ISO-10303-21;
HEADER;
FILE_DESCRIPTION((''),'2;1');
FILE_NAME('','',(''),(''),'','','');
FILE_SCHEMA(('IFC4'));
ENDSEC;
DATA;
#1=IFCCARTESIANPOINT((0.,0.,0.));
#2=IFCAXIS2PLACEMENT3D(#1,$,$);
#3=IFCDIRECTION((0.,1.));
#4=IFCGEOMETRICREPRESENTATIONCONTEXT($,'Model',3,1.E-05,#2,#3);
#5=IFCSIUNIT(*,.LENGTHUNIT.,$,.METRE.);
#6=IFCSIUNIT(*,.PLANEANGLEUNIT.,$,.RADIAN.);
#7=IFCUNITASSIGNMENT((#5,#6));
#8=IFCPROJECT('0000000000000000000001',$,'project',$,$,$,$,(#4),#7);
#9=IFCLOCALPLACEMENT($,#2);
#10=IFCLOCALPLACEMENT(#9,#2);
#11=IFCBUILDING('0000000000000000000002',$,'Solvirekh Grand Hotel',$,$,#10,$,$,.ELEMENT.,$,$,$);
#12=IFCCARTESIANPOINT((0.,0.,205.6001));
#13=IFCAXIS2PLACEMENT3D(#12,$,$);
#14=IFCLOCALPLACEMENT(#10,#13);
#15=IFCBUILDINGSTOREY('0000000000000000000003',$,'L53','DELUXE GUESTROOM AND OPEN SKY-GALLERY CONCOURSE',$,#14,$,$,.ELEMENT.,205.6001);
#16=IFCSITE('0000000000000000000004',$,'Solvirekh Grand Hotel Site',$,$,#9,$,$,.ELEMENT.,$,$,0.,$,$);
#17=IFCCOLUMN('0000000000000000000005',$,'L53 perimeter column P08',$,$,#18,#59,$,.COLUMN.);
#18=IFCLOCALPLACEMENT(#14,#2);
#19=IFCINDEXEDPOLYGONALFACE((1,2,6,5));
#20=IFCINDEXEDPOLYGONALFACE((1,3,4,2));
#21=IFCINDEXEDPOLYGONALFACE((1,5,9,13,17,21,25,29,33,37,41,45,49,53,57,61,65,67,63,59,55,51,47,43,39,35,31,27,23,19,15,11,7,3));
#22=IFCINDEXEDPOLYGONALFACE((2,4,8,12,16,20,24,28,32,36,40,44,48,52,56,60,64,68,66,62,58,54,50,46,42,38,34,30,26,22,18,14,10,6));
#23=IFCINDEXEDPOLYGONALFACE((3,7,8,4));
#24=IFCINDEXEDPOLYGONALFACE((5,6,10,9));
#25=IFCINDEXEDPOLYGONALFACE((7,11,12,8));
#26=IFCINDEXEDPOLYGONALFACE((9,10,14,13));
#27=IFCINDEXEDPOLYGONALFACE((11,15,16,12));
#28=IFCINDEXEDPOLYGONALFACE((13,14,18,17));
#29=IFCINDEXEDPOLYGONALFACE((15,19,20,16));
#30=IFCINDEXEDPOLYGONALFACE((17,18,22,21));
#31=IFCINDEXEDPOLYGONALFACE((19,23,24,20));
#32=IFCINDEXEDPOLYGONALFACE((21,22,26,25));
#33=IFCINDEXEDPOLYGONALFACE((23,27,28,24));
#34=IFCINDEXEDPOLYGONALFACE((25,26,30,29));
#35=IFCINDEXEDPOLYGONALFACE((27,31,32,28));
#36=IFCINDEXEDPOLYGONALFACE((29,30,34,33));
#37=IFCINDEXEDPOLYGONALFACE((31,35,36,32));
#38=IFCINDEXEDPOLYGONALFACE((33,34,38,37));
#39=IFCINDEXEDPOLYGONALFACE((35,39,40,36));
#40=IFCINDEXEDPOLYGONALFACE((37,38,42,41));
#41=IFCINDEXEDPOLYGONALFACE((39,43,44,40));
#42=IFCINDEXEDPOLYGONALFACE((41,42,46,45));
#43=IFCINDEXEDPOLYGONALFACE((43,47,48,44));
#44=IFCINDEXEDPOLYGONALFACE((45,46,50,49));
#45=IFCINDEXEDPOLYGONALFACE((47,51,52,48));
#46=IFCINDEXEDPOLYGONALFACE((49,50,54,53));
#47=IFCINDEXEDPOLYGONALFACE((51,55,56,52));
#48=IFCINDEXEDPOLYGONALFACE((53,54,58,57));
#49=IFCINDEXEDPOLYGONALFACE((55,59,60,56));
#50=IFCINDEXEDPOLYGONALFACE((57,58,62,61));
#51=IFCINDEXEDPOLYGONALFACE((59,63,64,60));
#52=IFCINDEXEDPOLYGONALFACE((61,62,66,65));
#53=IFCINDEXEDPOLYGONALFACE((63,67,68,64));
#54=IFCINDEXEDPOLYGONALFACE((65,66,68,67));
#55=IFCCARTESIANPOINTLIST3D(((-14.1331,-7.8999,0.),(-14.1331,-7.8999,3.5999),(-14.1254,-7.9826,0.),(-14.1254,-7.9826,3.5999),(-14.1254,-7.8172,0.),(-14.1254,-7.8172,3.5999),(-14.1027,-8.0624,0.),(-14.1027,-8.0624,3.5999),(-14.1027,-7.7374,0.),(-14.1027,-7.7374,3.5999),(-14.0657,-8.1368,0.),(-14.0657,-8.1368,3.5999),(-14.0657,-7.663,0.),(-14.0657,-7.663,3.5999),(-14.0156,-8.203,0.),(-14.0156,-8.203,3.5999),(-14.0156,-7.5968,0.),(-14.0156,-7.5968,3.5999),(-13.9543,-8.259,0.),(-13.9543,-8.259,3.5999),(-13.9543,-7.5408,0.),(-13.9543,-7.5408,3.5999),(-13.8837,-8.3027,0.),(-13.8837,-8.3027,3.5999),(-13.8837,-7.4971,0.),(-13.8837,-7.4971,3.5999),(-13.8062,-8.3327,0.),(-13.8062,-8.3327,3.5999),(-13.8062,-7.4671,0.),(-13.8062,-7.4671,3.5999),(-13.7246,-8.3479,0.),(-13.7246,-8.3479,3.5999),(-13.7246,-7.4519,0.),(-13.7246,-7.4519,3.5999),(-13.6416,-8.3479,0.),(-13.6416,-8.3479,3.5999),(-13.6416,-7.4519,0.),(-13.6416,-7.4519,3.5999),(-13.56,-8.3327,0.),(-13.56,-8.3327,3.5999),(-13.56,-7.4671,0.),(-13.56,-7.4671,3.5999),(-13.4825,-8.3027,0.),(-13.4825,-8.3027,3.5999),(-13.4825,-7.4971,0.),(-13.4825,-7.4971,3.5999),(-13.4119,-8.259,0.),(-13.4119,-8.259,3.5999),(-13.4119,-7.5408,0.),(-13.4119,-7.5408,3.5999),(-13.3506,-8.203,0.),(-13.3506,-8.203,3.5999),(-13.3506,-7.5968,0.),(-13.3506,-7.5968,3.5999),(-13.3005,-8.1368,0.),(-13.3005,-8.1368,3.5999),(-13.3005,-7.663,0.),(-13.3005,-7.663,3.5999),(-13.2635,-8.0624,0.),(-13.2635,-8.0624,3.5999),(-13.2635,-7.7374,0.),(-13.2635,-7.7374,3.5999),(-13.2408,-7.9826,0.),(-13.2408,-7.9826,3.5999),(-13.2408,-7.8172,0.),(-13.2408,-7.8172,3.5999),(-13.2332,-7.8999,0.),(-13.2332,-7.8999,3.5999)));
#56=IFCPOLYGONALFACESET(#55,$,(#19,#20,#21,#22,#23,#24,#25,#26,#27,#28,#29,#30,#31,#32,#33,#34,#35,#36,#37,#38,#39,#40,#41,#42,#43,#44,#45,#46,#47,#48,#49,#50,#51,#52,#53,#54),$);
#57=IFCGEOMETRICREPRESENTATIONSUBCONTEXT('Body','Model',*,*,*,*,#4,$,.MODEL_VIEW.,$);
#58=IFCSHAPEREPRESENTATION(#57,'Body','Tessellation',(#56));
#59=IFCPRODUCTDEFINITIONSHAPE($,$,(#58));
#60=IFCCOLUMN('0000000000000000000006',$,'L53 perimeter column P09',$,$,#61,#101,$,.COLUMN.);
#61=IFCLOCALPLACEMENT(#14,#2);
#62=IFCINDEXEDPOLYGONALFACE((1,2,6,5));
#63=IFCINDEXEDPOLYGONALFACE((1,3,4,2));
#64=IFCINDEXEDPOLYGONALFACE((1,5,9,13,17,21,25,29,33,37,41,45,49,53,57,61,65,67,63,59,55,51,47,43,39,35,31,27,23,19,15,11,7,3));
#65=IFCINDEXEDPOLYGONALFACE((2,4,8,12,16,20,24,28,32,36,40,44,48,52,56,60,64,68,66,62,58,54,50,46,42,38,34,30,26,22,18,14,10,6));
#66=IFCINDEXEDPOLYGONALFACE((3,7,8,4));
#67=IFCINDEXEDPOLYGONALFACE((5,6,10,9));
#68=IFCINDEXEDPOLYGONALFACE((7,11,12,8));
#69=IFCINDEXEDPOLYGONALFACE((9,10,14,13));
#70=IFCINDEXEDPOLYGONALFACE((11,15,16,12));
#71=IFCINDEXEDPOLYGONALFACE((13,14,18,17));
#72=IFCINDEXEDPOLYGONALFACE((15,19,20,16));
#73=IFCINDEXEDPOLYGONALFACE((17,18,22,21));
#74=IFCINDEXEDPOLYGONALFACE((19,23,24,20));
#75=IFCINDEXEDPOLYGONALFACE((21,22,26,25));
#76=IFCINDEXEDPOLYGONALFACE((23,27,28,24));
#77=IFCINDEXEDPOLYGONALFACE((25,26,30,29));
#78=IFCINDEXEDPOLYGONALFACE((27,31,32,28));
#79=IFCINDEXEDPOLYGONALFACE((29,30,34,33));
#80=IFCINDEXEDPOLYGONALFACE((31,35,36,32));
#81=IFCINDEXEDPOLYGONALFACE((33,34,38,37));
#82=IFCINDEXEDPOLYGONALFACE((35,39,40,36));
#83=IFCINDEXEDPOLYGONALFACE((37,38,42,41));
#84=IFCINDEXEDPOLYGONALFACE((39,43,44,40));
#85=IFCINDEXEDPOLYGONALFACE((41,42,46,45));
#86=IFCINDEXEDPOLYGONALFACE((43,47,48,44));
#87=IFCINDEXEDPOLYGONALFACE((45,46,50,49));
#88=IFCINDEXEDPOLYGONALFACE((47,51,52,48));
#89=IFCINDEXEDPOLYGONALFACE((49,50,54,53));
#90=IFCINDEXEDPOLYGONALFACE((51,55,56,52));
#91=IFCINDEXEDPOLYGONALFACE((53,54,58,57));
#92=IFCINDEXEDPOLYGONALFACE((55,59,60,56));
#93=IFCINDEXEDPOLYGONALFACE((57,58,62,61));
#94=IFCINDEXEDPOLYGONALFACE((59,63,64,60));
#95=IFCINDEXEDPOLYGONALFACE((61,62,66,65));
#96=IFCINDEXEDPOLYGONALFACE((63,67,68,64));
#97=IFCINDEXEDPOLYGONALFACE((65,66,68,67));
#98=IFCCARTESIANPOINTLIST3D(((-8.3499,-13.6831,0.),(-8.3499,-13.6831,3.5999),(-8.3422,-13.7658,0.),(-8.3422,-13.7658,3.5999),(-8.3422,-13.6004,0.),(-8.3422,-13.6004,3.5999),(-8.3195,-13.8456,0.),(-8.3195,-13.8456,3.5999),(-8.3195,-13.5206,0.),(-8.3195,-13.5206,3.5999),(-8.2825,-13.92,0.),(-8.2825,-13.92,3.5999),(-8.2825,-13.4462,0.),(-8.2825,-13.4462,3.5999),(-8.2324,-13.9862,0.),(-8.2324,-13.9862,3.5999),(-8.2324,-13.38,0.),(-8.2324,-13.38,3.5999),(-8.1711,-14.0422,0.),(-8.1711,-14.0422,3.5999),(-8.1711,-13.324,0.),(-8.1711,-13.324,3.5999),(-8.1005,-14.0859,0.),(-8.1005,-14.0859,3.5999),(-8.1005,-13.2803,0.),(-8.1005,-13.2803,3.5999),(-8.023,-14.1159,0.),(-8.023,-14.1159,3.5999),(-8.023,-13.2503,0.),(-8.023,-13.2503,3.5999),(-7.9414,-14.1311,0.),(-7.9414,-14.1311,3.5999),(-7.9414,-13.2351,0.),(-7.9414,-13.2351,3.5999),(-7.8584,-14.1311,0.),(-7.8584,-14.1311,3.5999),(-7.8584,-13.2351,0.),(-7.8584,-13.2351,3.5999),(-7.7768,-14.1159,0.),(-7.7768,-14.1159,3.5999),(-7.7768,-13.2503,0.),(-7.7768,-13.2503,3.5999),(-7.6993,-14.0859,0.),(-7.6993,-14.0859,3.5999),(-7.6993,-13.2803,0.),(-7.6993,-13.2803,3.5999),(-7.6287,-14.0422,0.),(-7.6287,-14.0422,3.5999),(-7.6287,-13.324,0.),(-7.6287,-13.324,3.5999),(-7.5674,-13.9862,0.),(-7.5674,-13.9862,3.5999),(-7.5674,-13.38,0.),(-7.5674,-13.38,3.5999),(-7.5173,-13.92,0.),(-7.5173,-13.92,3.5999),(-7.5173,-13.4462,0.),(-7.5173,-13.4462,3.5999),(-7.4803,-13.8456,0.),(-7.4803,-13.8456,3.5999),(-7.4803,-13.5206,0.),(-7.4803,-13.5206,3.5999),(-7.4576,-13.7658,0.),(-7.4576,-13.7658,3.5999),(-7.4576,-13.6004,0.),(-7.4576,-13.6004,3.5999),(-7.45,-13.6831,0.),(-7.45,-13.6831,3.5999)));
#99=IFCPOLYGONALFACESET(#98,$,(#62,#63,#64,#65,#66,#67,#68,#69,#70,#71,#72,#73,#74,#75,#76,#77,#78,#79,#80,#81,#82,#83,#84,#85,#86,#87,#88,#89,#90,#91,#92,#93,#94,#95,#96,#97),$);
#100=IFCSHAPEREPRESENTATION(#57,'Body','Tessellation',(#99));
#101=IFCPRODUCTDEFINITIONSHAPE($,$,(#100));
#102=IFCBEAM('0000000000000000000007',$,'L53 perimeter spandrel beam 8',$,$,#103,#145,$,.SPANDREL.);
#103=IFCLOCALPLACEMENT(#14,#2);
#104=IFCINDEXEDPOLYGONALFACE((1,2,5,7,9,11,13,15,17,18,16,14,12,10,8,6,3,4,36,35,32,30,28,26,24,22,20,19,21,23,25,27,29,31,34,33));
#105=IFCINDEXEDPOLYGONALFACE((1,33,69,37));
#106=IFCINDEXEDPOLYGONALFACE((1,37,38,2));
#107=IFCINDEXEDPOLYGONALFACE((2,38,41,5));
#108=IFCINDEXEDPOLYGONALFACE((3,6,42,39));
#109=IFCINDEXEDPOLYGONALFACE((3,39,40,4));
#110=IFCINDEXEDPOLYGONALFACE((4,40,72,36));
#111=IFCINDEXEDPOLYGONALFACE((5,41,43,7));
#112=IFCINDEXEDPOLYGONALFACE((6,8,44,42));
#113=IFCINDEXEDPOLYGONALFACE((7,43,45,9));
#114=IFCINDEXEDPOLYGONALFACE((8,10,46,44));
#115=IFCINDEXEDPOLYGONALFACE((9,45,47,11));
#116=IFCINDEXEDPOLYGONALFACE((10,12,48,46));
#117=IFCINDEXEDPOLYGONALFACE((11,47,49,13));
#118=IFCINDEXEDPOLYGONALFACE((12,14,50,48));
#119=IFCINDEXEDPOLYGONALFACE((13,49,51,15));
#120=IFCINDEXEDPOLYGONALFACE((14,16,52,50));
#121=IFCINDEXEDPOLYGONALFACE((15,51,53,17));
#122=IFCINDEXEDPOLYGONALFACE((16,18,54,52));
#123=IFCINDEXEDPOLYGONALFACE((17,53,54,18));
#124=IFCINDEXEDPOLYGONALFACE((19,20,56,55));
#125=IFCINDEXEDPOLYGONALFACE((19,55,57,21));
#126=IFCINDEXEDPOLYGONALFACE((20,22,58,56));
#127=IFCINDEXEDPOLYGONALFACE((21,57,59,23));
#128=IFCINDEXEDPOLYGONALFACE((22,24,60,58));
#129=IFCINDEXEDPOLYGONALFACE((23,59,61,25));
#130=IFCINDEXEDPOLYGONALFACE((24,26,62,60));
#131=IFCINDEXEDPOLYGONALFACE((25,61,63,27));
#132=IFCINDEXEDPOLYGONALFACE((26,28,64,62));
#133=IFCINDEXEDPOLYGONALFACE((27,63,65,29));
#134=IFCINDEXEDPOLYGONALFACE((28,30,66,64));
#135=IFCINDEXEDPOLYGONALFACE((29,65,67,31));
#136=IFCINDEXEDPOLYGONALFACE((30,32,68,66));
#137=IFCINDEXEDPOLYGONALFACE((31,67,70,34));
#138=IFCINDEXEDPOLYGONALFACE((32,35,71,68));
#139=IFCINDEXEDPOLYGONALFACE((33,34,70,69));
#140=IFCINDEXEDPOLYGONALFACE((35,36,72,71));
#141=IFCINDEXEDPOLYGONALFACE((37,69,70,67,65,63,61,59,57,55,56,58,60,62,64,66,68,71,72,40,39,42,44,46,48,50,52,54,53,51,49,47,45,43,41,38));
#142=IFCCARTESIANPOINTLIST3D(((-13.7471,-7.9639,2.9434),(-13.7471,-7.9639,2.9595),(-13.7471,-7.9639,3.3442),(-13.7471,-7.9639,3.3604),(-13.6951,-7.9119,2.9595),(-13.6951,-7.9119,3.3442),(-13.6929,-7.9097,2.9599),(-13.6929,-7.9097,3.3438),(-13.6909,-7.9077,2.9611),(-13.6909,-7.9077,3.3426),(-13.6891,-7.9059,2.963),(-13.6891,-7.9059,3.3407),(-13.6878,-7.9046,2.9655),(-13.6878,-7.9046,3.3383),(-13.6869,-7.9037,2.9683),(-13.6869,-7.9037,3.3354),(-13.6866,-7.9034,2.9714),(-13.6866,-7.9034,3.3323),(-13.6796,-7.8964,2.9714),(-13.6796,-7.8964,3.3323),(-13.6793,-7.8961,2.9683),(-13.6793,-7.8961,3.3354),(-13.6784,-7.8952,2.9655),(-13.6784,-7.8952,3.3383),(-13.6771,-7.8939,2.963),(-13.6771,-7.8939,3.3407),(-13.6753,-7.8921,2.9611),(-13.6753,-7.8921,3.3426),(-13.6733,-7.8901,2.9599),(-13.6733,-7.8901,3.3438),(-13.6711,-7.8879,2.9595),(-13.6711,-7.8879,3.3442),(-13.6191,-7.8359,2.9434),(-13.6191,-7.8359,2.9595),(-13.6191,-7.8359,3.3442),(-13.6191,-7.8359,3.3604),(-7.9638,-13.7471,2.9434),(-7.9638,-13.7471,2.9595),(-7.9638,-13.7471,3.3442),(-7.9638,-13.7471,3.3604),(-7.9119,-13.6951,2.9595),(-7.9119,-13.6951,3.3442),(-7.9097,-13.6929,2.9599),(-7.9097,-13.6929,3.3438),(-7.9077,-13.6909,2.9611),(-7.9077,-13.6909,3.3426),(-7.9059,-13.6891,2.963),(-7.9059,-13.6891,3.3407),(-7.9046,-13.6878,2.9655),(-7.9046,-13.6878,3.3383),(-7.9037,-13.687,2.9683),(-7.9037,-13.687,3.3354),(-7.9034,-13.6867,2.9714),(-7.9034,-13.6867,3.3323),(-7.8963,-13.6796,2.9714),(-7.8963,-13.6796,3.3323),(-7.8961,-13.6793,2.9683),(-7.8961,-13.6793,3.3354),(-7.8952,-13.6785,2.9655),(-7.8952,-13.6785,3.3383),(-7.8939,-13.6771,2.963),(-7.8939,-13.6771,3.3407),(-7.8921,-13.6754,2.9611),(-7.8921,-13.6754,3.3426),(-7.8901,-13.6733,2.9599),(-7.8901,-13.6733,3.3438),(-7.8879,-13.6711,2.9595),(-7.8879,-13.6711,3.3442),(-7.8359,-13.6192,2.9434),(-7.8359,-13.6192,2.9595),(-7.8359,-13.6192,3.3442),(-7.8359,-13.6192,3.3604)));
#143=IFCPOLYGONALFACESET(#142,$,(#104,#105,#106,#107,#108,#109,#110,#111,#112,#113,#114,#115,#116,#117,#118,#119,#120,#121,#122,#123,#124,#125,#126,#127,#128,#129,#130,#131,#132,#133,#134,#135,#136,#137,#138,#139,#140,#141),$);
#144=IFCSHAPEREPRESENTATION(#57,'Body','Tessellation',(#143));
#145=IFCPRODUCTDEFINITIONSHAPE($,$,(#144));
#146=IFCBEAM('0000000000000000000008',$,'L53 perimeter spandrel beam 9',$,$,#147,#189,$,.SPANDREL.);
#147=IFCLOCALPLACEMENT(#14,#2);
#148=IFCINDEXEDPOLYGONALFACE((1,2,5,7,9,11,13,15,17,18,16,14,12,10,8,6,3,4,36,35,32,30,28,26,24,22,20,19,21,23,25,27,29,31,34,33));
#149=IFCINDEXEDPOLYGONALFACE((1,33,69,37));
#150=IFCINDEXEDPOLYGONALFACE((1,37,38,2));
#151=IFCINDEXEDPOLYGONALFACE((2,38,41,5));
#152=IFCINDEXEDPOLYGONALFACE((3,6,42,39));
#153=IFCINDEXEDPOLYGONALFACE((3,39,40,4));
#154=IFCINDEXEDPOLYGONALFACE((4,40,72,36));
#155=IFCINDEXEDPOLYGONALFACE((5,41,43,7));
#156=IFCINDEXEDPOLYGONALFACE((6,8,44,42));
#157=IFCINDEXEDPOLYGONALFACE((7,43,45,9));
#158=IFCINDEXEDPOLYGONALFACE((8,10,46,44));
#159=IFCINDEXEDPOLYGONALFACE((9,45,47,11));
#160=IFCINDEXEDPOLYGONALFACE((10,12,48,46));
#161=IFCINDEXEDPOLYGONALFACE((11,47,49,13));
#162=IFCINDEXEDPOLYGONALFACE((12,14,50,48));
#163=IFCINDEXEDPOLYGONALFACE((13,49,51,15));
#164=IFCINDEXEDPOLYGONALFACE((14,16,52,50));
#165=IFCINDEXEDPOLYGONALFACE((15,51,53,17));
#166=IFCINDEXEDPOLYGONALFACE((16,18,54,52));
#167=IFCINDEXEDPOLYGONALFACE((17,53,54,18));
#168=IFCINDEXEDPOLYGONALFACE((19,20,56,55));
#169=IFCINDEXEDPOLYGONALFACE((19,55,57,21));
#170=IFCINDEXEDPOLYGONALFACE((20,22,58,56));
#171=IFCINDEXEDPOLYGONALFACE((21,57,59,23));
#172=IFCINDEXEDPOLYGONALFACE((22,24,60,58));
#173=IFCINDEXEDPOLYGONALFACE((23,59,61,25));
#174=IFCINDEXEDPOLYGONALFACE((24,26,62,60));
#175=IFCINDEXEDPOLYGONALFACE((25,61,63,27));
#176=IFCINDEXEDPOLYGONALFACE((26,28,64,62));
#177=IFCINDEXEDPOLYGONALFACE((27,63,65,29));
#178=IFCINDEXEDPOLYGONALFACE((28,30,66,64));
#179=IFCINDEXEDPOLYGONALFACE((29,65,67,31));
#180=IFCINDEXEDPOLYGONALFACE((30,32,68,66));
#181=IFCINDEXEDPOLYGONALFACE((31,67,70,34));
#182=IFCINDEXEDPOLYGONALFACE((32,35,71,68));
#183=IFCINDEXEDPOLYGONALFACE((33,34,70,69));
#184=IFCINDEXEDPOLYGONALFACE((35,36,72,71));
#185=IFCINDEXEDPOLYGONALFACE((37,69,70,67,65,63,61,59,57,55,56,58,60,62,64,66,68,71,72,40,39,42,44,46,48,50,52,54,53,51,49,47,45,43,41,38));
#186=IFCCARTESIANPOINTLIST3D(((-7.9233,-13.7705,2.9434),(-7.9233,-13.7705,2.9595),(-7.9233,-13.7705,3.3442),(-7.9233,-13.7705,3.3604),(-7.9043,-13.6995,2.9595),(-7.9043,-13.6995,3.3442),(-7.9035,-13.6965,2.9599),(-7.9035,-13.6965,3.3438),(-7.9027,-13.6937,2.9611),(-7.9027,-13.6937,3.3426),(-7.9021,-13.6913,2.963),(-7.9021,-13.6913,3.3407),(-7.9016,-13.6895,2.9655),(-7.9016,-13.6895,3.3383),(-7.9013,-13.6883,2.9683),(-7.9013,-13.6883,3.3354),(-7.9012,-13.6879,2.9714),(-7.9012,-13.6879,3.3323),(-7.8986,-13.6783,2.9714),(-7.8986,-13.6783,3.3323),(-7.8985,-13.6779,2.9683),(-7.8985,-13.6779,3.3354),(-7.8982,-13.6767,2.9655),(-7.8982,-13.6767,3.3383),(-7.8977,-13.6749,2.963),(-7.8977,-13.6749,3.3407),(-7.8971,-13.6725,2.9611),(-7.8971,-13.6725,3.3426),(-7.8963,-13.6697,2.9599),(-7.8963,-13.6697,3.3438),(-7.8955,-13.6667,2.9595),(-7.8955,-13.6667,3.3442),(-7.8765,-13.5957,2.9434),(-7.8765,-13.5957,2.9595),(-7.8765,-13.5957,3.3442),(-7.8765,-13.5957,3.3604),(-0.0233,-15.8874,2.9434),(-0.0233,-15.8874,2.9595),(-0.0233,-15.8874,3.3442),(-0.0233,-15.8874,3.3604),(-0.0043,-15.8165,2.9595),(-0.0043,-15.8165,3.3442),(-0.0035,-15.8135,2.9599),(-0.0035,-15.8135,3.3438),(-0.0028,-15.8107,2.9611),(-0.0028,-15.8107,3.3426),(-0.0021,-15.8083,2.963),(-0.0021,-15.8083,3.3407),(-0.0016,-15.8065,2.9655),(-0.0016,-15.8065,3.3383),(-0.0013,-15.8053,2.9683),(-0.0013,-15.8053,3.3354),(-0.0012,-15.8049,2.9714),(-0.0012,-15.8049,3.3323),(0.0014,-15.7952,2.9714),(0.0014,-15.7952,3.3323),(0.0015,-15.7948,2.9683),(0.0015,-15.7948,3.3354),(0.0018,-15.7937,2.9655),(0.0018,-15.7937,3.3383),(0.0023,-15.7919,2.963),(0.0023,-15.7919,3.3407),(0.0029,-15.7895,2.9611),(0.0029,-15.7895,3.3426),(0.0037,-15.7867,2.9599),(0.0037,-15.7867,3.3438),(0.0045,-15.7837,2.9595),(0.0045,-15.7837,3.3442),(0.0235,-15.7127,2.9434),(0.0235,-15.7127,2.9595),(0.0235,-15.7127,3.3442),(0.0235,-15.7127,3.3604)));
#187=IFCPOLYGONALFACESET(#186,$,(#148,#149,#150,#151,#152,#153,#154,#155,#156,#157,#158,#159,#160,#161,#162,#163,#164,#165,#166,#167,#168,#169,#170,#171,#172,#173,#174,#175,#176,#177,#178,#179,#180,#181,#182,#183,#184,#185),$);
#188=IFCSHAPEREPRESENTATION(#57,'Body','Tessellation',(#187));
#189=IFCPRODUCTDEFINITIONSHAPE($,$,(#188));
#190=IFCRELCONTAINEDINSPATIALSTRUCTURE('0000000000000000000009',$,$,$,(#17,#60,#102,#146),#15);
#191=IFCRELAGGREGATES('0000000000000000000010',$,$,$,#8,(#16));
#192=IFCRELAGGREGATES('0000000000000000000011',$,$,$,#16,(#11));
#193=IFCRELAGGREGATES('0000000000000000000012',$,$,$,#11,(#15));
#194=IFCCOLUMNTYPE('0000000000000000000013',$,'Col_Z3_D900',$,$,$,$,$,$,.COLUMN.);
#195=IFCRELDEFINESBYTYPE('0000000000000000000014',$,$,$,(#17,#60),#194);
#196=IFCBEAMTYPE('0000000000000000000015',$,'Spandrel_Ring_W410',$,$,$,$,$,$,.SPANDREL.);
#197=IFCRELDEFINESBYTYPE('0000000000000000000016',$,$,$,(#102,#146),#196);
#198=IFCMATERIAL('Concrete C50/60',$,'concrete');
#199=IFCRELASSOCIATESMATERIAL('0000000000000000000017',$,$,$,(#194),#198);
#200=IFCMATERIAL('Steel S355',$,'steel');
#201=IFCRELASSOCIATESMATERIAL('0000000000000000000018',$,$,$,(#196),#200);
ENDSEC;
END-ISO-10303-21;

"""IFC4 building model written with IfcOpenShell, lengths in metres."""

from ifc_helpers import new_model, si_unit, direction, frame, origin, origin_2d, place, context, subcontext, project, spatial, circle, i_section, extrude, material, material_profile, profile_set, type_object, element, save


model = new_model("IFC4")

# Units and contexts
model_context = context("Model", 3, precision=1e-05, world=origin(), true_north=direction((0.0, 1.0)))
body_context = subcontext(model_context, "Body", "Model", "MODEL_VIEW")
ifc_project = project(units=[si_unit("LENGTHUNIT", "METRE"), si_unit("PLANEANGLEUNIT", "RADIAN")], contexts=[model_context])

# Site, building, storey
site_placement = place(None, origin())
site = spatial("IfcSite", under=ifc_project, at=site_placement, Name="Solvirekh Grand Hotel Site", CompositionType="ELEMENT", RefElevation=0.0)
building_placement = place(site_placement, origin())
building = spatial("IfcBuilding", under=site, at=building_placement, Name="Solvirekh Grand Hotel", CompositionType="ELEMENT")
storey_placement = place(building_placement, frame((0.0, 0.0, 205.6001)))
storey = spatial("IfcBuildingStorey", under=building, at=storey_placement, Name="L53", Description="DELUXE GUESTROOM AND OPEN SKY-GALLERY CONCOURSE", CompositionType="ELEMENT", Elevation=205.6001)

# Columns
ifc_material_1 = material(Name="Concrete C50/60", Category="concrete")
ifc_material_profile_1 = material_profile(ifc_material_1, circle(Radius=0.45, at=origin_2d()), Name="RC CIRC D900")
ifc_profile_set_1 = profile_set([ifc_material_profile_1], Name="Concrete C50/60")
column_type = type_object("IfcColumnType", Name="Col_Z3_D900", PredefinedType="COLUMN", material=ifc_profile_set_1)
for number, where, z_axis, x_axis, name in (
    (1, (-13.6831, -7.8999, 0.0), (0.0, 0.0, 1.0), (1.0, 0.0, 0.0), "L53 perimeter column P08"),
    (2, (-7.8999, -13.6831, 0.0), (0.0, 0.0, 1.0), (1.0, 0.0, 0.0), "L53 perimeter column P09"),
):
    element("IfcColumn", number, at=place(storey_placement, frame(where, z_axis=z_axis, x_axis=x_axis)), inside=storey, type_object=column_type, Name=name, PredefinedType="COLUMN", context=body_context, shape_type="SweptSolid", body=[
        extrude(circle(Radius=0.45, at=origin_2d()), origin(), (0.0, 0.0, 1.0), 3.5999),
    ])

# Beams
ifc_material_2 = material(Name="Steel S355", Category="steel")
ifc_material_profile_2 = material_profile(ifc_material_2, i_section(OverallWidth=0.1809, OverallDepth=0.417, WebThickness=0.01, FlangeThickness=0.0161, FilletRadius=0.012, at=origin_2d()), Name="W410X85")
ifc_profile_set_2 = profile_set([ifc_material_profile_2], Name="Steel S355")
beam_type = type_object("IfcBeamType", Name="Spandrel_Ring_W410", PredefinedType="SPANDREL", material=ifc_profile_set_2)
for number, where, z_axis, x_axis, name in (
    (3, (-13.6831, -7.8999, 3.1519), (0.707107, -0.707107, 0.0), (0.707107, 0.707107, 0.0), "L53 perimeter spandrel beam 8"),
    (4, (-7.8999, -13.6831, 3.1519), (0.965921, -0.258839, 0.0), (0.258839, 0.965921, 0.0), "L53 perimeter spandrel beam 9"),
):
    element("IfcBeam", number, at=place(storey_placement, frame(where, z_axis=z_axis, x_axis=x_axis)), inside=storey, type_object=beam_type, Name=name, PredefinedType="SPANDREL", context=body_context, shape_type="SweptSolid", body=[
        extrude(i_section(OverallWidth=0.1809, OverallDepth=0.417, WebThickness=0.01, FlangeThickness=0.0161, FilletRadius=0.012, at=origin_2d()), origin(), (0.0, 0.0, 1.0), 8.1787),
    ])

save(model, "model.ifc")
